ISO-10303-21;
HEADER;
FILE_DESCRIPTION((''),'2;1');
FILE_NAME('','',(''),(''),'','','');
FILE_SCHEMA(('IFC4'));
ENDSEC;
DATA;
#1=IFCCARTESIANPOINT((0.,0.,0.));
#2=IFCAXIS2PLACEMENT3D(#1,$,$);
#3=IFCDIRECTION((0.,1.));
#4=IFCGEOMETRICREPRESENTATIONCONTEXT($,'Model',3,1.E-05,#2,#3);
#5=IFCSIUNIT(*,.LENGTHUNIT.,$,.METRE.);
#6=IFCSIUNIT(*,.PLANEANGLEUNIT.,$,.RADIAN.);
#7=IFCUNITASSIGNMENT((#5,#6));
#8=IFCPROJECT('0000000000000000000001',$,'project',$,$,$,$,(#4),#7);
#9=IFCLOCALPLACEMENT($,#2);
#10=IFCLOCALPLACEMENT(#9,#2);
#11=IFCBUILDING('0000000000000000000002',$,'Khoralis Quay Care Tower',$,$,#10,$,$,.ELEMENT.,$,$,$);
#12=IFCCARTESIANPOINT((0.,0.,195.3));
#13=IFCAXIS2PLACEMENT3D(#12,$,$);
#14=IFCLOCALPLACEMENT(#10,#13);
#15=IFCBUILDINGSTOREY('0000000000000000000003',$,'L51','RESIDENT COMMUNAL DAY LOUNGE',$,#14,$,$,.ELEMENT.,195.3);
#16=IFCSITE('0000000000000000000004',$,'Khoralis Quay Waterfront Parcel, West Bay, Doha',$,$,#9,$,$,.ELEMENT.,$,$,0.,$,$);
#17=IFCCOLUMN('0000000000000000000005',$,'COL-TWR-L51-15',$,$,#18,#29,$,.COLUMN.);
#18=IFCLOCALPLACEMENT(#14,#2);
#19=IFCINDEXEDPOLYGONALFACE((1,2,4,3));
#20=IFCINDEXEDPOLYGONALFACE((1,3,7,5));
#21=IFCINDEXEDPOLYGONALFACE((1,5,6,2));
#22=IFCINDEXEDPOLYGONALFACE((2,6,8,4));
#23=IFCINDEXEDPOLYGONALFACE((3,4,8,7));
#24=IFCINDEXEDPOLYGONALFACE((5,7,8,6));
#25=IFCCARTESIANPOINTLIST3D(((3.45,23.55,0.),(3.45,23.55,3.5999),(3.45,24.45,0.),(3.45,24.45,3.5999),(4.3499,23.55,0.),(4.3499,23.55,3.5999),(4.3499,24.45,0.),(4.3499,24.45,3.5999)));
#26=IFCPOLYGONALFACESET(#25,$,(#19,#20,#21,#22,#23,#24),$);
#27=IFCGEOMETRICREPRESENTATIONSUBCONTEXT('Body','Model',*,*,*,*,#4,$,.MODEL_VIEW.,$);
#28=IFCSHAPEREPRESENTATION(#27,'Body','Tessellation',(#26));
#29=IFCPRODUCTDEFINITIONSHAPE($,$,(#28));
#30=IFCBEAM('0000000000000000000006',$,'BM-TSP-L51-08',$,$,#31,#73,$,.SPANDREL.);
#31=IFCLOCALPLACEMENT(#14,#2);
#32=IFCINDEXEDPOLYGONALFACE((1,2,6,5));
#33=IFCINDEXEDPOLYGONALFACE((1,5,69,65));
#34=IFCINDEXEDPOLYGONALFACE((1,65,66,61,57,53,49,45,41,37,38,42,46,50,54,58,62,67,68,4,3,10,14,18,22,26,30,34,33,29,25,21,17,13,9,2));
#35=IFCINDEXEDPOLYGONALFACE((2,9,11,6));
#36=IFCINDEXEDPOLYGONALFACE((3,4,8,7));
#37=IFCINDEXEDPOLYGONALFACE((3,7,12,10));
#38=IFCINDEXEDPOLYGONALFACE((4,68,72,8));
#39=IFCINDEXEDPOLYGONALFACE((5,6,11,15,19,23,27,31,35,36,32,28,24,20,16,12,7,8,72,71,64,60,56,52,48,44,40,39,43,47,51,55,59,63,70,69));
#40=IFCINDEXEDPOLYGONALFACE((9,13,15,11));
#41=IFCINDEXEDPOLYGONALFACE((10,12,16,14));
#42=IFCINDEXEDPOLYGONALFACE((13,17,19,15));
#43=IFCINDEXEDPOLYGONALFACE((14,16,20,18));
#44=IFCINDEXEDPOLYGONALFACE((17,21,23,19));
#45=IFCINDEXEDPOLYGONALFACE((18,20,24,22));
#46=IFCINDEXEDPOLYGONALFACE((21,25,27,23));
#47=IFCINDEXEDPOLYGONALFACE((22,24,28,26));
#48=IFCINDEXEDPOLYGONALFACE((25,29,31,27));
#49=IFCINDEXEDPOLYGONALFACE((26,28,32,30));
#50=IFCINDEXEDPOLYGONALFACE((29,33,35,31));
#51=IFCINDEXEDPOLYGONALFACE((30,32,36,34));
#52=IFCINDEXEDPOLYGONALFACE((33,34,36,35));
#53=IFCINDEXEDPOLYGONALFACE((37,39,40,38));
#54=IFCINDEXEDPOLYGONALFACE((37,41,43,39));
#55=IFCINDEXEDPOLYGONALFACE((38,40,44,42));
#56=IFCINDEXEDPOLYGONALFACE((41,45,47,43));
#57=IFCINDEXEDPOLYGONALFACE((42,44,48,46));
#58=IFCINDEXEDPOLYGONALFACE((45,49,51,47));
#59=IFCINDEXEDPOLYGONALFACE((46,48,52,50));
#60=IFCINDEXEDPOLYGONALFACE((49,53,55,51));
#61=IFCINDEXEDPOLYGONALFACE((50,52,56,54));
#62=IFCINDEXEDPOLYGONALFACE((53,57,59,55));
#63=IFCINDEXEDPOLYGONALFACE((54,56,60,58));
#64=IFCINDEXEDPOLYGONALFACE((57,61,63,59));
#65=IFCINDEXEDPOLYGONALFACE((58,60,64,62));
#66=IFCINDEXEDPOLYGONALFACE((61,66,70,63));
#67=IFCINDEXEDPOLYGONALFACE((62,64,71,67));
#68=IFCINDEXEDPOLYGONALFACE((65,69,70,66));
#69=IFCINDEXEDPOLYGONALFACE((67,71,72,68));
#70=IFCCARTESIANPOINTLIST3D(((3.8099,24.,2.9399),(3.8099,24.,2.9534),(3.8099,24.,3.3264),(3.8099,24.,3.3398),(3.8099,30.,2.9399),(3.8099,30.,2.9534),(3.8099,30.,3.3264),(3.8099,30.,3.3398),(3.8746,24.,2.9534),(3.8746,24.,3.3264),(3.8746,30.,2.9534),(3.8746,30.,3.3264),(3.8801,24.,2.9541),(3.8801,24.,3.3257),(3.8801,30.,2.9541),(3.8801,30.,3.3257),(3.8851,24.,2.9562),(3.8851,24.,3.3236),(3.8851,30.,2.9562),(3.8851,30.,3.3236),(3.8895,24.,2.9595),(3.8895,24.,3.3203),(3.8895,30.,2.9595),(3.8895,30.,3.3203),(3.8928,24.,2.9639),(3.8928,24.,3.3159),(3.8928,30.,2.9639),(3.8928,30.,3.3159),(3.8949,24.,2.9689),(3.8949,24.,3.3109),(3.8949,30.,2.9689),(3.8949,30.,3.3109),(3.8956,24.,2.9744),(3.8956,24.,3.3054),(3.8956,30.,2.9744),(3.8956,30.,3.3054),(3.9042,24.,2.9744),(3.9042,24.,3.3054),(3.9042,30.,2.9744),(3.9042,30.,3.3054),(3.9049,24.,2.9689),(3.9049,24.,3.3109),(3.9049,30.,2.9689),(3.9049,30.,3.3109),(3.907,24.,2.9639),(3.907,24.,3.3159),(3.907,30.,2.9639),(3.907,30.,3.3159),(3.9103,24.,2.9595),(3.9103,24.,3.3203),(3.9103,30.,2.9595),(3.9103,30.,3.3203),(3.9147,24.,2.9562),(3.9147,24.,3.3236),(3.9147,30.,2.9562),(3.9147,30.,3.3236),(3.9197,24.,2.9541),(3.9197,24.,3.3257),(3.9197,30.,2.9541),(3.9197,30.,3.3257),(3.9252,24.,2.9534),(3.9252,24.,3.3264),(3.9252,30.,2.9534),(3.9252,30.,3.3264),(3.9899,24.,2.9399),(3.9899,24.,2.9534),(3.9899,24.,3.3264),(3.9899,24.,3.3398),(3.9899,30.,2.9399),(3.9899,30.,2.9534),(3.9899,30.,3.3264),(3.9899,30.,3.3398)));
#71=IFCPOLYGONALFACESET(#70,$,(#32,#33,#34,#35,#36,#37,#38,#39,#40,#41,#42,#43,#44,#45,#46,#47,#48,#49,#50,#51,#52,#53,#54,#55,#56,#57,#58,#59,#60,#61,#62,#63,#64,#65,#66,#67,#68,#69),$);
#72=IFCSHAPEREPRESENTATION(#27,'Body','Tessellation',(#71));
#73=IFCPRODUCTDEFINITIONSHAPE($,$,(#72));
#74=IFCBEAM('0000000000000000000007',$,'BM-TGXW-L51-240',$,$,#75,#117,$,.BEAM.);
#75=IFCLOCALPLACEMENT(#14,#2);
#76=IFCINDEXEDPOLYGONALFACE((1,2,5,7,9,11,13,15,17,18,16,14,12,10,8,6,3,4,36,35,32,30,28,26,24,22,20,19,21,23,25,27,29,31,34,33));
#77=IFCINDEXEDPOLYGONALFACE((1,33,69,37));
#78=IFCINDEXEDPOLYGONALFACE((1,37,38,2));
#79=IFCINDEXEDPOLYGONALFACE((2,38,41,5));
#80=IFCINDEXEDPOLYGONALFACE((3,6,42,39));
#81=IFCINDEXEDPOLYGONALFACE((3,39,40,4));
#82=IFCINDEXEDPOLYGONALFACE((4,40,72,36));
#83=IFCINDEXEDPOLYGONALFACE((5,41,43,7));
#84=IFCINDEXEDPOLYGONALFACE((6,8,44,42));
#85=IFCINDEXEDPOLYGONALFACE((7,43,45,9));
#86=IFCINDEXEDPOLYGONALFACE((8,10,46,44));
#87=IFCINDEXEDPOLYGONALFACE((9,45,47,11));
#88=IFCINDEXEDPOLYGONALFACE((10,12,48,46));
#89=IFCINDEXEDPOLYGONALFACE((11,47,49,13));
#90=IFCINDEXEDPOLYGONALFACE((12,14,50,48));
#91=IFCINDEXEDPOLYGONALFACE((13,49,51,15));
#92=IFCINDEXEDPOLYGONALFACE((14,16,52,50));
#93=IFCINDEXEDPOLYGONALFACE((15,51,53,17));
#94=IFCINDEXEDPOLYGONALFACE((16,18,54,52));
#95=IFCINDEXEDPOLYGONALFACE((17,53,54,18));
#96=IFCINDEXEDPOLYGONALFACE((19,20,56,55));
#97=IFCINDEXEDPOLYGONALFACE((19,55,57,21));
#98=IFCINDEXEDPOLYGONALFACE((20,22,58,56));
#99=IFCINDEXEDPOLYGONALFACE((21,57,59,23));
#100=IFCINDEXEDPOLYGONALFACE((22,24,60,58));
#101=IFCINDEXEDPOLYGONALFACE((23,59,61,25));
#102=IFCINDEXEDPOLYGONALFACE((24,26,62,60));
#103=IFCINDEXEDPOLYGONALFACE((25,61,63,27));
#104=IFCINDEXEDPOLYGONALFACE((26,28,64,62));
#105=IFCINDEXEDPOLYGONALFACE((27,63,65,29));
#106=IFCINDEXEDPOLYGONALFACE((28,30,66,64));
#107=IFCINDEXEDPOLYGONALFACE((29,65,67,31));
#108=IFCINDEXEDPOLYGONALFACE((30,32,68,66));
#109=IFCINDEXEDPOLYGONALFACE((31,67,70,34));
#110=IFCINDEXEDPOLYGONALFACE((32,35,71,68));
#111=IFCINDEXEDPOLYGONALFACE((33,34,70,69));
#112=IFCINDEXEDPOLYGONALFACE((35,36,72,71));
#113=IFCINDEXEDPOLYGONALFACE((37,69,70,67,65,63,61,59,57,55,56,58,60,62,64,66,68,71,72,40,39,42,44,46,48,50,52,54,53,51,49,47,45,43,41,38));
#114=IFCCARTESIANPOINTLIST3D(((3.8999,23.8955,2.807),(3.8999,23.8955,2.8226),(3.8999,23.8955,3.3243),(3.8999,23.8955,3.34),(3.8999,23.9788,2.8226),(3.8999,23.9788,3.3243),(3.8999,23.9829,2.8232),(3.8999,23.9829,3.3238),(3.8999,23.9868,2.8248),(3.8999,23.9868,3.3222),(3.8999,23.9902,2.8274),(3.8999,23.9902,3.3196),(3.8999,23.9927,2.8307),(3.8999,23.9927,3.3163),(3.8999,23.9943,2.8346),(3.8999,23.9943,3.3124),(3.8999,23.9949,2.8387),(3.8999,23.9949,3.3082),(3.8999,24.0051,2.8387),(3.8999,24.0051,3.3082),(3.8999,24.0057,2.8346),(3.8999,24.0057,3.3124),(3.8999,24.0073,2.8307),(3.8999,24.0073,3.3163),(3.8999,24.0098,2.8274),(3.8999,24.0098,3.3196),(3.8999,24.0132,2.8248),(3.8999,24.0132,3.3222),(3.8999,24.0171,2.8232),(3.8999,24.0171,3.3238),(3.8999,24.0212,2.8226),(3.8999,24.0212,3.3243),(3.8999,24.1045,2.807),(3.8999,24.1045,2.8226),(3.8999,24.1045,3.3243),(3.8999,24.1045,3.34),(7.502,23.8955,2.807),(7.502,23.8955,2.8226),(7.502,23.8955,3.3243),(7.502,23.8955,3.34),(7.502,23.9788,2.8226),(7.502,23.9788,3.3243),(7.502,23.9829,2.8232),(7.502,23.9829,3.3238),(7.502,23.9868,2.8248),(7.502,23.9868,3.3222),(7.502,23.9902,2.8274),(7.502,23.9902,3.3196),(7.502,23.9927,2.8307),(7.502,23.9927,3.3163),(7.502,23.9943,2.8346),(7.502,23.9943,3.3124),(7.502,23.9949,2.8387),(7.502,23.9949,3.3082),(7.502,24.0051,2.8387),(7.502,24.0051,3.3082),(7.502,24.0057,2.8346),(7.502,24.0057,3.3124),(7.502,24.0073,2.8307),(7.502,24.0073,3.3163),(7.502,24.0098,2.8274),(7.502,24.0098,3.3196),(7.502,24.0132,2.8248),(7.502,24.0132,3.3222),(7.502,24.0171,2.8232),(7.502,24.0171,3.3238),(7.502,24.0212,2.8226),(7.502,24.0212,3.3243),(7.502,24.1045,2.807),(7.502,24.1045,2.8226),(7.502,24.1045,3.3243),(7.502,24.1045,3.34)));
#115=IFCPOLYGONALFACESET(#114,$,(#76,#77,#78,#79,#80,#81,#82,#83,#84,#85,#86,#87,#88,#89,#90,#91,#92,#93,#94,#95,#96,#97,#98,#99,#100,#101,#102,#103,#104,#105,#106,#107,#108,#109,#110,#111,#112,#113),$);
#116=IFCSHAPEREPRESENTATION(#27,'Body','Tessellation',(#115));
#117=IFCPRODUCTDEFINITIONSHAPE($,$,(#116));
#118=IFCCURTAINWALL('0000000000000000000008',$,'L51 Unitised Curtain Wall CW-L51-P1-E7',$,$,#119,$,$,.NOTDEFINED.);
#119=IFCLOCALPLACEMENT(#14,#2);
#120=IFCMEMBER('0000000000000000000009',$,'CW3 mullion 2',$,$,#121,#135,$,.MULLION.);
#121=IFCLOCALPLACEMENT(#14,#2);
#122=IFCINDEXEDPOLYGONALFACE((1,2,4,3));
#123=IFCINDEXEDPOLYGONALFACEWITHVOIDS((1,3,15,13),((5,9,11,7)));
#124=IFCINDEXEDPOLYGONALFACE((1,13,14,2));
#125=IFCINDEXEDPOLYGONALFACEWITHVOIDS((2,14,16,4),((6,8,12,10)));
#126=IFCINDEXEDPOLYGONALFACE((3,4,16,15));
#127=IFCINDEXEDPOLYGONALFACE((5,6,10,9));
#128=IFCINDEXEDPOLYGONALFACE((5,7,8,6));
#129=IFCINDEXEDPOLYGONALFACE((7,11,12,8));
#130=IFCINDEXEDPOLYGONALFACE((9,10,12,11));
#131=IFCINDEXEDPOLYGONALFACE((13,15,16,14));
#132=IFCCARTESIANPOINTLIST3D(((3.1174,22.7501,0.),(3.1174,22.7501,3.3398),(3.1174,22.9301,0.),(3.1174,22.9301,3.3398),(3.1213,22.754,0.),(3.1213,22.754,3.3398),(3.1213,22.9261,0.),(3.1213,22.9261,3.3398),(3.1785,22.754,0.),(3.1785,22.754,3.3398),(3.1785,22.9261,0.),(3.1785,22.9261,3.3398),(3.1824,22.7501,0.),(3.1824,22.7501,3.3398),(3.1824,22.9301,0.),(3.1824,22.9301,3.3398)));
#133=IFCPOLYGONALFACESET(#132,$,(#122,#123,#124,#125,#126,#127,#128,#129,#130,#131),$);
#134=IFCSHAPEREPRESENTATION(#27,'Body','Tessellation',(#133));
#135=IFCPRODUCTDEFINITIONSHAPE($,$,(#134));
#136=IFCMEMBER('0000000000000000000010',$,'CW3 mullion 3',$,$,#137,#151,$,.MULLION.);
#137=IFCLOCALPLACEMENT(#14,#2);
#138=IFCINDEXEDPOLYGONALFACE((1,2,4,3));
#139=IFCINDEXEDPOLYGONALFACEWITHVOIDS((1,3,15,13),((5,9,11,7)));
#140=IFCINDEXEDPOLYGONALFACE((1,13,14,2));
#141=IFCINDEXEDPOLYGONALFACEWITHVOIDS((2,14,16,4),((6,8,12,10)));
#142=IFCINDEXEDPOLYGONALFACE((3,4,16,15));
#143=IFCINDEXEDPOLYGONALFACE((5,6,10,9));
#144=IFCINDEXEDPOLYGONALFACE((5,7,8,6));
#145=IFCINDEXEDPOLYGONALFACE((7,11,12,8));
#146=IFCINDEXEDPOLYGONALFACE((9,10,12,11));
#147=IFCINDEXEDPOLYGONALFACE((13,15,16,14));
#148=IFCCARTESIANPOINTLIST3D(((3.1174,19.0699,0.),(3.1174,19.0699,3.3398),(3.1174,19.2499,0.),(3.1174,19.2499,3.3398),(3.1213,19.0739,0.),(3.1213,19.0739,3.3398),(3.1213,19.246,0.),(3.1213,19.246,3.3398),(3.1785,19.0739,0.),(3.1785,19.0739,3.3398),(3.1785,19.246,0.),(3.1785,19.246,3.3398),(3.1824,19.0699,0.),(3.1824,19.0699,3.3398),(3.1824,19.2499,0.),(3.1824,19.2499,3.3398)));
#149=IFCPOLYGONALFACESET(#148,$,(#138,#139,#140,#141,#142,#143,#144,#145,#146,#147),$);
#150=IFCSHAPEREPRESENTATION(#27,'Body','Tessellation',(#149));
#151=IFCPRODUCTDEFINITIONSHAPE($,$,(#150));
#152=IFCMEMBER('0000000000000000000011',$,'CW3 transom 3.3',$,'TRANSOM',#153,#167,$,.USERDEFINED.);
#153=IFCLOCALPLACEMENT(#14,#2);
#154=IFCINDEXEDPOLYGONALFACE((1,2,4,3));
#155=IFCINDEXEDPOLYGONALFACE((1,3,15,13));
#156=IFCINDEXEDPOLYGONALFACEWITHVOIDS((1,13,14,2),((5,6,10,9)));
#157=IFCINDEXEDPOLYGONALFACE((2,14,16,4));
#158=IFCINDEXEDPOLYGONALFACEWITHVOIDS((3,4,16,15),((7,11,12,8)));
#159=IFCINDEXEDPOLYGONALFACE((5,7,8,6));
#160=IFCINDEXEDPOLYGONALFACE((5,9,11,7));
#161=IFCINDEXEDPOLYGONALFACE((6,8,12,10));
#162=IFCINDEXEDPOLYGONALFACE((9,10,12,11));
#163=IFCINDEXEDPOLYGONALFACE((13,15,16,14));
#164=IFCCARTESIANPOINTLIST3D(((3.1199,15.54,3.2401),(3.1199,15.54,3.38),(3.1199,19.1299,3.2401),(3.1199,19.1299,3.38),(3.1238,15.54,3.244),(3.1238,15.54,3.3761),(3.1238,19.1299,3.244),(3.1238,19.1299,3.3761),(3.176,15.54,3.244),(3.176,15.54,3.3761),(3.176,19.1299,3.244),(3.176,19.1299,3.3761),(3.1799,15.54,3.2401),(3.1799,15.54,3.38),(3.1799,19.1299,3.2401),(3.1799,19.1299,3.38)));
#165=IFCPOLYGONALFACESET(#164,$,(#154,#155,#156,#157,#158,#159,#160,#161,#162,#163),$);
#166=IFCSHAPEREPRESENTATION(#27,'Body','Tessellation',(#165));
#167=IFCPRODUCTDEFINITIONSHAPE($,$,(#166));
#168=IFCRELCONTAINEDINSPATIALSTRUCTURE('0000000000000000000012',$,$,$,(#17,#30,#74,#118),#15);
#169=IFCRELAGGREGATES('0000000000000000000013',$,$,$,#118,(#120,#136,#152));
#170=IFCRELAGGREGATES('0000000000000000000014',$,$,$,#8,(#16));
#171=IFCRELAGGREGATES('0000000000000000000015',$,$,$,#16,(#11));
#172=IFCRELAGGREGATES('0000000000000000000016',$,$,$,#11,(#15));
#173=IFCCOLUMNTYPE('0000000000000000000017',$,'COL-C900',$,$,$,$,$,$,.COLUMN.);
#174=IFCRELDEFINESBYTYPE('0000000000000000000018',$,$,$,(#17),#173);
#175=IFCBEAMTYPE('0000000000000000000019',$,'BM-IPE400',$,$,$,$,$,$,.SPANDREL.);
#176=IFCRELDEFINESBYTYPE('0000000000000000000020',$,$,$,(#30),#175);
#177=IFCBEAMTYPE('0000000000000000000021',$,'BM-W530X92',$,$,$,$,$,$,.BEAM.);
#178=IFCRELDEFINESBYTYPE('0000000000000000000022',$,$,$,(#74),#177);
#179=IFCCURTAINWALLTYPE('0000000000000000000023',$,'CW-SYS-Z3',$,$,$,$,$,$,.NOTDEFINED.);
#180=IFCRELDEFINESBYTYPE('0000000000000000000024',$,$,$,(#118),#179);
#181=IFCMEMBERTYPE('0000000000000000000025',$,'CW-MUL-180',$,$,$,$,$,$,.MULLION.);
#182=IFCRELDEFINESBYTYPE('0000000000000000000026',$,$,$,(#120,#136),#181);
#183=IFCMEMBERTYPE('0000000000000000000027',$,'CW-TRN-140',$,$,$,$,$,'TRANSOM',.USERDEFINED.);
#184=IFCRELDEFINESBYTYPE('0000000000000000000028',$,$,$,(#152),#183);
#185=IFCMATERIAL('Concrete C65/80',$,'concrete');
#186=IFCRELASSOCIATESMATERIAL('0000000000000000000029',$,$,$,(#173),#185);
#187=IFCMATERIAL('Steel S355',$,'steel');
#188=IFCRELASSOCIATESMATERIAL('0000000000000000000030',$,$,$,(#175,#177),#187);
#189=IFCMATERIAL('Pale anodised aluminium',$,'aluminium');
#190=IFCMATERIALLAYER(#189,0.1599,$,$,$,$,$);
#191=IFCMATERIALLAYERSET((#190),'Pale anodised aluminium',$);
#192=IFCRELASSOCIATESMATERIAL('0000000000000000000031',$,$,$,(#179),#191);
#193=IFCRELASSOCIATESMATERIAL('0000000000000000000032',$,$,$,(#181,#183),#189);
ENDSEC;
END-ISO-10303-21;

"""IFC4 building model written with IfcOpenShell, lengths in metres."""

from ifc_helpers import new_model, si_unit, direction, frame, origin, origin_2d, place, context, subcontext, project, spatial, rectangle, hollow_rectangle, i_section, extrude, source, transform, mapped, material, layer, layer_set, material_profile, profile_set, type_object, element, aggregate, save


model = new_model("IFC4")

# Units and contexts
model_context = context("Model", 3, precision=1e-05, world=origin(), true_north=direction((0.0, 1.0)))
body_context = subcontext(model_context, "Body", "Model", "MODEL_VIEW")
ifc_project = project(units=[si_unit("LENGTHUNIT", "METRE"), si_unit("PLANEANGLEUNIT", "RADIAN")], contexts=[model_context])

# Site, building, storey
site_placement = place(None, origin())
site = spatial("IfcSite", under=ifc_project, at=site_placement, Name="Khoralis Quay Waterfront Parcel, West Bay, Doha", CompositionType="ELEMENT", RefElevation=0.0)
building_placement = place(site_placement, origin())
building = spatial("IfcBuilding", under=site, at=building_placement, Name="Khoralis Quay Care Tower", CompositionType="ELEMENT")
storey_placement = place(building_placement, frame((0.0, 0.0, 195.3)))
storey = spatial("IfcBuildingStorey", under=building, at=storey_placement, Name="L51", Description="RESIDENT COMMUNAL DAY LOUNGE", CompositionType="ELEMENT", Elevation=195.3)

# Column
ifc_material_1 = material(Name="Concrete C65/80", Category="concrete")
ifc_material_profile_1 = material_profile(ifc_material_1, rectangle(XDim=0.8999, YDim=0.8999, at=origin_2d()), Name="Concrete C65/80")
ifc_profile_set_1 = profile_set([ifc_material_profile_1], Name="Concrete C65/80")
column_type = type_object("IfcColumnType", Name="COL-C900", PredefinedType="COLUMN", material=ifc_profile_set_1)
shared_shape_1 = source(origin(), body_context, "Body", "SweptSolid", [
    extrude(rectangle(XDim=0.8999, YDim=0.8999, at=origin_2d()), origin(), (0.0, 0.0, 1.0), 3.5999),
])
column_placement = place(storey_placement, frame((3.8999, 24.0, 0.0), z_axis=(0.0, 0.0, 1.0), x_axis=(1.0, 0.0, 0.0)))
element("IfcColumn", 1, at=column_placement, inside=storey, type_object=column_type, Name="COL-TWR-L51-15", PredefinedType="COLUMN", context=body_context, shape_type="MappedRepresentation", body=[
    mapped(shared_shape_1, transform((0.0, 0.0, 0.0), scale=1.0)),
])

# Beams
ifc_material_2 = material(Name="Steel S355", Category="steel")
ifc_material_profile_2 = material_profile(ifc_material_2, i_section(OverallWidth=0.1799, OverallDepth=0.3999, WebThickness=0.0085, FlangeThickness=0.0134, FilletRadius=0.021, at=origin_2d()), Name="Steel S355")
ifc_profile_set_2 = profile_set([ifc_material_profile_2], Name="Steel S355")
beam_type_1 = type_object("IfcBeamType", Name="BM-IPE400", PredefinedType="SPANDREL", material=ifc_profile_set_2)
shared_shape_2 = source(origin(), body_context, "Body", "SweptSolid", [
    extrude(i_section(OverallWidth=0.1799, OverallDepth=0.3999, WebThickness=0.0085, FlangeThickness=0.0134, FilletRadius=0.021, at=origin_2d()), origin(), (0.0, 0.0, 1.0), 6.0),
])
beam_1_placement = place(storey_placement, frame((3.8999, 24.0, 3.1399), z_axis=(0.0, 1.0, 0.0), x_axis=(-1.0, 0.0, 0.0)))
element("IfcBeam", 2, at=beam_1_placement, inside=storey, type_object=beam_type_1, Name="BM-TSP-L51-08", PredefinedType="SPANDREL", context=body_context, shape_type="MappedRepresentation", body=[
    mapped(shared_shape_2, transform((0.0, 0.0, 0.0), scale=1.0)),
])
ifc_material_profile_3 = material_profile(ifc_material_2, i_section(OverallWidth=0.209, OverallDepth=0.533, WebThickness=0.0103, FlangeThickness=0.0156, FilletRadius=0.0161, at=origin_2d()), Name="Steel S355")
ifc_profile_set_3 = profile_set([ifc_material_profile_3], Name="Steel S355")
beam_type_2 = type_object("IfcBeamType", Name="BM-W530X92", PredefinedType="BEAM", material=ifc_profile_set_3)
shared_shape_3 = source(origin(), body_context, "Body", "SweptSolid", [
    extrude(i_section(OverallWidth=0.209, OverallDepth=0.533, WebThickness=0.0103, FlangeThickness=0.0156, FilletRadius=0.0161, at=origin_2d()), origin(), (0.0, 0.0, 1.0), 3.6021),
])
beam_2_placement = place(storey_placement, frame((3.8999, 24.0, 3.0735), z_axis=(1.0, 0.0, 0.0), x_axis=(0.0, 1.0, 0.0)))
element("IfcBeam", 3, at=beam_2_placement, inside=storey, type_object=beam_type_2, Name="BM-TGXW-L51-240", PredefinedType="BEAM", context=body_context, shape_type="MappedRepresentation", body=[
    mapped(shared_shape_3, transform((0.0, 0.0, 0.0), scale=1.0)),
])

# Curtain wall, members
ifc_material_3 = material(Name="Pale anodised aluminium", Category="aluminium")
ifc_layer_1 = layer(ifc_material_3, 0.1599)
ifc_layer_set_1 = layer_set([ifc_layer_1], Name="Pale anodised aluminium")
curtain_wall_type = type_object("IfcCurtainWallType", Name="CW-SYS-Z3", PredefinedType="NOTDEFINED", material=ifc_layer_set_1)
curtain_wall_placement = place(storey_placement, origin())
curtain_wall = element("IfcCurtainWall", 4, at=curtain_wall_placement, inside=storey, type_object=curtain_wall_type, Name="L51 Unitised Curtain Wall CW-L51-P1-E7", PredefinedType="NOTDEFINED")
ifc_material_profile_4 = material_profile(ifc_material_3, hollow_rectangle(XDim=0.0649, YDim=0.1799, WallThickness=0.0039, at=origin_2d()), Name="Pale anodised aluminium")
ifc_profile_set_4 = profile_set([ifc_material_profile_4], Name="Pale anodised aluminium")
member_type_1 = type_object("IfcMemberType", Name="CW-MUL-180", PredefinedType="MULLION", material=ifc_profile_set_4)
shared_shape_4 = source(origin(), body_context, "Body", "SweptSolid", [
    extrude(hollow_rectangle(XDim=0.0649, YDim=0.1799, WallThickness=0.0039, at=origin_2d()), origin(), (0.0, 0.0, 1.0), 3.3398),
])
member_1_placement = place(storey_placement, frame((3.1499, 22.8401, 0.0), z_axis=(0.0, 0.0, 1.0), x_axis=(1.0, 0.0, 0.0)))
member_1 = element("IfcMember", 5, at=member_1_placement, type_object=member_type_1, Name="CW3 mullion 2", PredefinedType="MULLION", context=body_context, shape_type="MappedRepresentation", body=[
    mapped(shared_shape_4, transform((0.0, 0.0, 0.0), scale=1.0)),
])
member_2_placement = place(storey_placement, frame((3.1499, 19.1599, 0.0), z_axis=(0.0, 0.0, 1.0), x_axis=(1.0, 0.0, 0.0)))
member_2 = element("IfcMember", 6, at=member_2_placement, type_object=member_type_1, Name="CW3 mullion 3", PredefinedType="MULLION", context=body_context, shape_type="MappedRepresentation", body=[
    mapped(shared_shape_4, transform((0.0, 0.0, 0.0), scale=1.0)),
])
ifc_material_profile_5 = material_profile(ifc_material_3, hollow_rectangle(XDim=0.0601, YDim=0.1399, WallThickness=0.0039, at=origin_2d()), Name="Pale anodised aluminium")
ifc_profile_set_5 = profile_set([ifc_material_profile_5], Name="Pale anodised aluminium")
member_type_2 = type_object("IfcMemberType", Name="CW-TRN-140", ElementType="TRANSOM", PredefinedType="USERDEFINED", material=ifc_profile_set_5)
shared_shape_5 = source(origin(), body_context, "Body", "SweptSolid", [
    extrude(hollow_rectangle(XDim=0.0601, YDim=0.1399, WallThickness=0.0039, at=origin_2d()), origin(), (0.0, 0.0, 1.0), 3.5898),
])
member_3_placement = place(storey_placement, frame((3.1499, 19.1299, 3.3101), z_axis=(0.0, -1.0, 0.0), x_axis=(1.0, 0.0, 0.0)))
member_3 = element("IfcMember", 7, at=member_3_placement, type_object=member_type_2, Name="CW3 transom 3.3", ObjectType="TRANSOM", PredefinedType="USERDEFINED", context=body_context, shape_type="MappedRepresentation", body=[
    mapped(shared_shape_5, transform((0.0, 0.0, 0.0), scale=1.0)),
])
aggregate(curtain_wall, [member_1, member_2, member_3])

save(model, "model.ifc")
